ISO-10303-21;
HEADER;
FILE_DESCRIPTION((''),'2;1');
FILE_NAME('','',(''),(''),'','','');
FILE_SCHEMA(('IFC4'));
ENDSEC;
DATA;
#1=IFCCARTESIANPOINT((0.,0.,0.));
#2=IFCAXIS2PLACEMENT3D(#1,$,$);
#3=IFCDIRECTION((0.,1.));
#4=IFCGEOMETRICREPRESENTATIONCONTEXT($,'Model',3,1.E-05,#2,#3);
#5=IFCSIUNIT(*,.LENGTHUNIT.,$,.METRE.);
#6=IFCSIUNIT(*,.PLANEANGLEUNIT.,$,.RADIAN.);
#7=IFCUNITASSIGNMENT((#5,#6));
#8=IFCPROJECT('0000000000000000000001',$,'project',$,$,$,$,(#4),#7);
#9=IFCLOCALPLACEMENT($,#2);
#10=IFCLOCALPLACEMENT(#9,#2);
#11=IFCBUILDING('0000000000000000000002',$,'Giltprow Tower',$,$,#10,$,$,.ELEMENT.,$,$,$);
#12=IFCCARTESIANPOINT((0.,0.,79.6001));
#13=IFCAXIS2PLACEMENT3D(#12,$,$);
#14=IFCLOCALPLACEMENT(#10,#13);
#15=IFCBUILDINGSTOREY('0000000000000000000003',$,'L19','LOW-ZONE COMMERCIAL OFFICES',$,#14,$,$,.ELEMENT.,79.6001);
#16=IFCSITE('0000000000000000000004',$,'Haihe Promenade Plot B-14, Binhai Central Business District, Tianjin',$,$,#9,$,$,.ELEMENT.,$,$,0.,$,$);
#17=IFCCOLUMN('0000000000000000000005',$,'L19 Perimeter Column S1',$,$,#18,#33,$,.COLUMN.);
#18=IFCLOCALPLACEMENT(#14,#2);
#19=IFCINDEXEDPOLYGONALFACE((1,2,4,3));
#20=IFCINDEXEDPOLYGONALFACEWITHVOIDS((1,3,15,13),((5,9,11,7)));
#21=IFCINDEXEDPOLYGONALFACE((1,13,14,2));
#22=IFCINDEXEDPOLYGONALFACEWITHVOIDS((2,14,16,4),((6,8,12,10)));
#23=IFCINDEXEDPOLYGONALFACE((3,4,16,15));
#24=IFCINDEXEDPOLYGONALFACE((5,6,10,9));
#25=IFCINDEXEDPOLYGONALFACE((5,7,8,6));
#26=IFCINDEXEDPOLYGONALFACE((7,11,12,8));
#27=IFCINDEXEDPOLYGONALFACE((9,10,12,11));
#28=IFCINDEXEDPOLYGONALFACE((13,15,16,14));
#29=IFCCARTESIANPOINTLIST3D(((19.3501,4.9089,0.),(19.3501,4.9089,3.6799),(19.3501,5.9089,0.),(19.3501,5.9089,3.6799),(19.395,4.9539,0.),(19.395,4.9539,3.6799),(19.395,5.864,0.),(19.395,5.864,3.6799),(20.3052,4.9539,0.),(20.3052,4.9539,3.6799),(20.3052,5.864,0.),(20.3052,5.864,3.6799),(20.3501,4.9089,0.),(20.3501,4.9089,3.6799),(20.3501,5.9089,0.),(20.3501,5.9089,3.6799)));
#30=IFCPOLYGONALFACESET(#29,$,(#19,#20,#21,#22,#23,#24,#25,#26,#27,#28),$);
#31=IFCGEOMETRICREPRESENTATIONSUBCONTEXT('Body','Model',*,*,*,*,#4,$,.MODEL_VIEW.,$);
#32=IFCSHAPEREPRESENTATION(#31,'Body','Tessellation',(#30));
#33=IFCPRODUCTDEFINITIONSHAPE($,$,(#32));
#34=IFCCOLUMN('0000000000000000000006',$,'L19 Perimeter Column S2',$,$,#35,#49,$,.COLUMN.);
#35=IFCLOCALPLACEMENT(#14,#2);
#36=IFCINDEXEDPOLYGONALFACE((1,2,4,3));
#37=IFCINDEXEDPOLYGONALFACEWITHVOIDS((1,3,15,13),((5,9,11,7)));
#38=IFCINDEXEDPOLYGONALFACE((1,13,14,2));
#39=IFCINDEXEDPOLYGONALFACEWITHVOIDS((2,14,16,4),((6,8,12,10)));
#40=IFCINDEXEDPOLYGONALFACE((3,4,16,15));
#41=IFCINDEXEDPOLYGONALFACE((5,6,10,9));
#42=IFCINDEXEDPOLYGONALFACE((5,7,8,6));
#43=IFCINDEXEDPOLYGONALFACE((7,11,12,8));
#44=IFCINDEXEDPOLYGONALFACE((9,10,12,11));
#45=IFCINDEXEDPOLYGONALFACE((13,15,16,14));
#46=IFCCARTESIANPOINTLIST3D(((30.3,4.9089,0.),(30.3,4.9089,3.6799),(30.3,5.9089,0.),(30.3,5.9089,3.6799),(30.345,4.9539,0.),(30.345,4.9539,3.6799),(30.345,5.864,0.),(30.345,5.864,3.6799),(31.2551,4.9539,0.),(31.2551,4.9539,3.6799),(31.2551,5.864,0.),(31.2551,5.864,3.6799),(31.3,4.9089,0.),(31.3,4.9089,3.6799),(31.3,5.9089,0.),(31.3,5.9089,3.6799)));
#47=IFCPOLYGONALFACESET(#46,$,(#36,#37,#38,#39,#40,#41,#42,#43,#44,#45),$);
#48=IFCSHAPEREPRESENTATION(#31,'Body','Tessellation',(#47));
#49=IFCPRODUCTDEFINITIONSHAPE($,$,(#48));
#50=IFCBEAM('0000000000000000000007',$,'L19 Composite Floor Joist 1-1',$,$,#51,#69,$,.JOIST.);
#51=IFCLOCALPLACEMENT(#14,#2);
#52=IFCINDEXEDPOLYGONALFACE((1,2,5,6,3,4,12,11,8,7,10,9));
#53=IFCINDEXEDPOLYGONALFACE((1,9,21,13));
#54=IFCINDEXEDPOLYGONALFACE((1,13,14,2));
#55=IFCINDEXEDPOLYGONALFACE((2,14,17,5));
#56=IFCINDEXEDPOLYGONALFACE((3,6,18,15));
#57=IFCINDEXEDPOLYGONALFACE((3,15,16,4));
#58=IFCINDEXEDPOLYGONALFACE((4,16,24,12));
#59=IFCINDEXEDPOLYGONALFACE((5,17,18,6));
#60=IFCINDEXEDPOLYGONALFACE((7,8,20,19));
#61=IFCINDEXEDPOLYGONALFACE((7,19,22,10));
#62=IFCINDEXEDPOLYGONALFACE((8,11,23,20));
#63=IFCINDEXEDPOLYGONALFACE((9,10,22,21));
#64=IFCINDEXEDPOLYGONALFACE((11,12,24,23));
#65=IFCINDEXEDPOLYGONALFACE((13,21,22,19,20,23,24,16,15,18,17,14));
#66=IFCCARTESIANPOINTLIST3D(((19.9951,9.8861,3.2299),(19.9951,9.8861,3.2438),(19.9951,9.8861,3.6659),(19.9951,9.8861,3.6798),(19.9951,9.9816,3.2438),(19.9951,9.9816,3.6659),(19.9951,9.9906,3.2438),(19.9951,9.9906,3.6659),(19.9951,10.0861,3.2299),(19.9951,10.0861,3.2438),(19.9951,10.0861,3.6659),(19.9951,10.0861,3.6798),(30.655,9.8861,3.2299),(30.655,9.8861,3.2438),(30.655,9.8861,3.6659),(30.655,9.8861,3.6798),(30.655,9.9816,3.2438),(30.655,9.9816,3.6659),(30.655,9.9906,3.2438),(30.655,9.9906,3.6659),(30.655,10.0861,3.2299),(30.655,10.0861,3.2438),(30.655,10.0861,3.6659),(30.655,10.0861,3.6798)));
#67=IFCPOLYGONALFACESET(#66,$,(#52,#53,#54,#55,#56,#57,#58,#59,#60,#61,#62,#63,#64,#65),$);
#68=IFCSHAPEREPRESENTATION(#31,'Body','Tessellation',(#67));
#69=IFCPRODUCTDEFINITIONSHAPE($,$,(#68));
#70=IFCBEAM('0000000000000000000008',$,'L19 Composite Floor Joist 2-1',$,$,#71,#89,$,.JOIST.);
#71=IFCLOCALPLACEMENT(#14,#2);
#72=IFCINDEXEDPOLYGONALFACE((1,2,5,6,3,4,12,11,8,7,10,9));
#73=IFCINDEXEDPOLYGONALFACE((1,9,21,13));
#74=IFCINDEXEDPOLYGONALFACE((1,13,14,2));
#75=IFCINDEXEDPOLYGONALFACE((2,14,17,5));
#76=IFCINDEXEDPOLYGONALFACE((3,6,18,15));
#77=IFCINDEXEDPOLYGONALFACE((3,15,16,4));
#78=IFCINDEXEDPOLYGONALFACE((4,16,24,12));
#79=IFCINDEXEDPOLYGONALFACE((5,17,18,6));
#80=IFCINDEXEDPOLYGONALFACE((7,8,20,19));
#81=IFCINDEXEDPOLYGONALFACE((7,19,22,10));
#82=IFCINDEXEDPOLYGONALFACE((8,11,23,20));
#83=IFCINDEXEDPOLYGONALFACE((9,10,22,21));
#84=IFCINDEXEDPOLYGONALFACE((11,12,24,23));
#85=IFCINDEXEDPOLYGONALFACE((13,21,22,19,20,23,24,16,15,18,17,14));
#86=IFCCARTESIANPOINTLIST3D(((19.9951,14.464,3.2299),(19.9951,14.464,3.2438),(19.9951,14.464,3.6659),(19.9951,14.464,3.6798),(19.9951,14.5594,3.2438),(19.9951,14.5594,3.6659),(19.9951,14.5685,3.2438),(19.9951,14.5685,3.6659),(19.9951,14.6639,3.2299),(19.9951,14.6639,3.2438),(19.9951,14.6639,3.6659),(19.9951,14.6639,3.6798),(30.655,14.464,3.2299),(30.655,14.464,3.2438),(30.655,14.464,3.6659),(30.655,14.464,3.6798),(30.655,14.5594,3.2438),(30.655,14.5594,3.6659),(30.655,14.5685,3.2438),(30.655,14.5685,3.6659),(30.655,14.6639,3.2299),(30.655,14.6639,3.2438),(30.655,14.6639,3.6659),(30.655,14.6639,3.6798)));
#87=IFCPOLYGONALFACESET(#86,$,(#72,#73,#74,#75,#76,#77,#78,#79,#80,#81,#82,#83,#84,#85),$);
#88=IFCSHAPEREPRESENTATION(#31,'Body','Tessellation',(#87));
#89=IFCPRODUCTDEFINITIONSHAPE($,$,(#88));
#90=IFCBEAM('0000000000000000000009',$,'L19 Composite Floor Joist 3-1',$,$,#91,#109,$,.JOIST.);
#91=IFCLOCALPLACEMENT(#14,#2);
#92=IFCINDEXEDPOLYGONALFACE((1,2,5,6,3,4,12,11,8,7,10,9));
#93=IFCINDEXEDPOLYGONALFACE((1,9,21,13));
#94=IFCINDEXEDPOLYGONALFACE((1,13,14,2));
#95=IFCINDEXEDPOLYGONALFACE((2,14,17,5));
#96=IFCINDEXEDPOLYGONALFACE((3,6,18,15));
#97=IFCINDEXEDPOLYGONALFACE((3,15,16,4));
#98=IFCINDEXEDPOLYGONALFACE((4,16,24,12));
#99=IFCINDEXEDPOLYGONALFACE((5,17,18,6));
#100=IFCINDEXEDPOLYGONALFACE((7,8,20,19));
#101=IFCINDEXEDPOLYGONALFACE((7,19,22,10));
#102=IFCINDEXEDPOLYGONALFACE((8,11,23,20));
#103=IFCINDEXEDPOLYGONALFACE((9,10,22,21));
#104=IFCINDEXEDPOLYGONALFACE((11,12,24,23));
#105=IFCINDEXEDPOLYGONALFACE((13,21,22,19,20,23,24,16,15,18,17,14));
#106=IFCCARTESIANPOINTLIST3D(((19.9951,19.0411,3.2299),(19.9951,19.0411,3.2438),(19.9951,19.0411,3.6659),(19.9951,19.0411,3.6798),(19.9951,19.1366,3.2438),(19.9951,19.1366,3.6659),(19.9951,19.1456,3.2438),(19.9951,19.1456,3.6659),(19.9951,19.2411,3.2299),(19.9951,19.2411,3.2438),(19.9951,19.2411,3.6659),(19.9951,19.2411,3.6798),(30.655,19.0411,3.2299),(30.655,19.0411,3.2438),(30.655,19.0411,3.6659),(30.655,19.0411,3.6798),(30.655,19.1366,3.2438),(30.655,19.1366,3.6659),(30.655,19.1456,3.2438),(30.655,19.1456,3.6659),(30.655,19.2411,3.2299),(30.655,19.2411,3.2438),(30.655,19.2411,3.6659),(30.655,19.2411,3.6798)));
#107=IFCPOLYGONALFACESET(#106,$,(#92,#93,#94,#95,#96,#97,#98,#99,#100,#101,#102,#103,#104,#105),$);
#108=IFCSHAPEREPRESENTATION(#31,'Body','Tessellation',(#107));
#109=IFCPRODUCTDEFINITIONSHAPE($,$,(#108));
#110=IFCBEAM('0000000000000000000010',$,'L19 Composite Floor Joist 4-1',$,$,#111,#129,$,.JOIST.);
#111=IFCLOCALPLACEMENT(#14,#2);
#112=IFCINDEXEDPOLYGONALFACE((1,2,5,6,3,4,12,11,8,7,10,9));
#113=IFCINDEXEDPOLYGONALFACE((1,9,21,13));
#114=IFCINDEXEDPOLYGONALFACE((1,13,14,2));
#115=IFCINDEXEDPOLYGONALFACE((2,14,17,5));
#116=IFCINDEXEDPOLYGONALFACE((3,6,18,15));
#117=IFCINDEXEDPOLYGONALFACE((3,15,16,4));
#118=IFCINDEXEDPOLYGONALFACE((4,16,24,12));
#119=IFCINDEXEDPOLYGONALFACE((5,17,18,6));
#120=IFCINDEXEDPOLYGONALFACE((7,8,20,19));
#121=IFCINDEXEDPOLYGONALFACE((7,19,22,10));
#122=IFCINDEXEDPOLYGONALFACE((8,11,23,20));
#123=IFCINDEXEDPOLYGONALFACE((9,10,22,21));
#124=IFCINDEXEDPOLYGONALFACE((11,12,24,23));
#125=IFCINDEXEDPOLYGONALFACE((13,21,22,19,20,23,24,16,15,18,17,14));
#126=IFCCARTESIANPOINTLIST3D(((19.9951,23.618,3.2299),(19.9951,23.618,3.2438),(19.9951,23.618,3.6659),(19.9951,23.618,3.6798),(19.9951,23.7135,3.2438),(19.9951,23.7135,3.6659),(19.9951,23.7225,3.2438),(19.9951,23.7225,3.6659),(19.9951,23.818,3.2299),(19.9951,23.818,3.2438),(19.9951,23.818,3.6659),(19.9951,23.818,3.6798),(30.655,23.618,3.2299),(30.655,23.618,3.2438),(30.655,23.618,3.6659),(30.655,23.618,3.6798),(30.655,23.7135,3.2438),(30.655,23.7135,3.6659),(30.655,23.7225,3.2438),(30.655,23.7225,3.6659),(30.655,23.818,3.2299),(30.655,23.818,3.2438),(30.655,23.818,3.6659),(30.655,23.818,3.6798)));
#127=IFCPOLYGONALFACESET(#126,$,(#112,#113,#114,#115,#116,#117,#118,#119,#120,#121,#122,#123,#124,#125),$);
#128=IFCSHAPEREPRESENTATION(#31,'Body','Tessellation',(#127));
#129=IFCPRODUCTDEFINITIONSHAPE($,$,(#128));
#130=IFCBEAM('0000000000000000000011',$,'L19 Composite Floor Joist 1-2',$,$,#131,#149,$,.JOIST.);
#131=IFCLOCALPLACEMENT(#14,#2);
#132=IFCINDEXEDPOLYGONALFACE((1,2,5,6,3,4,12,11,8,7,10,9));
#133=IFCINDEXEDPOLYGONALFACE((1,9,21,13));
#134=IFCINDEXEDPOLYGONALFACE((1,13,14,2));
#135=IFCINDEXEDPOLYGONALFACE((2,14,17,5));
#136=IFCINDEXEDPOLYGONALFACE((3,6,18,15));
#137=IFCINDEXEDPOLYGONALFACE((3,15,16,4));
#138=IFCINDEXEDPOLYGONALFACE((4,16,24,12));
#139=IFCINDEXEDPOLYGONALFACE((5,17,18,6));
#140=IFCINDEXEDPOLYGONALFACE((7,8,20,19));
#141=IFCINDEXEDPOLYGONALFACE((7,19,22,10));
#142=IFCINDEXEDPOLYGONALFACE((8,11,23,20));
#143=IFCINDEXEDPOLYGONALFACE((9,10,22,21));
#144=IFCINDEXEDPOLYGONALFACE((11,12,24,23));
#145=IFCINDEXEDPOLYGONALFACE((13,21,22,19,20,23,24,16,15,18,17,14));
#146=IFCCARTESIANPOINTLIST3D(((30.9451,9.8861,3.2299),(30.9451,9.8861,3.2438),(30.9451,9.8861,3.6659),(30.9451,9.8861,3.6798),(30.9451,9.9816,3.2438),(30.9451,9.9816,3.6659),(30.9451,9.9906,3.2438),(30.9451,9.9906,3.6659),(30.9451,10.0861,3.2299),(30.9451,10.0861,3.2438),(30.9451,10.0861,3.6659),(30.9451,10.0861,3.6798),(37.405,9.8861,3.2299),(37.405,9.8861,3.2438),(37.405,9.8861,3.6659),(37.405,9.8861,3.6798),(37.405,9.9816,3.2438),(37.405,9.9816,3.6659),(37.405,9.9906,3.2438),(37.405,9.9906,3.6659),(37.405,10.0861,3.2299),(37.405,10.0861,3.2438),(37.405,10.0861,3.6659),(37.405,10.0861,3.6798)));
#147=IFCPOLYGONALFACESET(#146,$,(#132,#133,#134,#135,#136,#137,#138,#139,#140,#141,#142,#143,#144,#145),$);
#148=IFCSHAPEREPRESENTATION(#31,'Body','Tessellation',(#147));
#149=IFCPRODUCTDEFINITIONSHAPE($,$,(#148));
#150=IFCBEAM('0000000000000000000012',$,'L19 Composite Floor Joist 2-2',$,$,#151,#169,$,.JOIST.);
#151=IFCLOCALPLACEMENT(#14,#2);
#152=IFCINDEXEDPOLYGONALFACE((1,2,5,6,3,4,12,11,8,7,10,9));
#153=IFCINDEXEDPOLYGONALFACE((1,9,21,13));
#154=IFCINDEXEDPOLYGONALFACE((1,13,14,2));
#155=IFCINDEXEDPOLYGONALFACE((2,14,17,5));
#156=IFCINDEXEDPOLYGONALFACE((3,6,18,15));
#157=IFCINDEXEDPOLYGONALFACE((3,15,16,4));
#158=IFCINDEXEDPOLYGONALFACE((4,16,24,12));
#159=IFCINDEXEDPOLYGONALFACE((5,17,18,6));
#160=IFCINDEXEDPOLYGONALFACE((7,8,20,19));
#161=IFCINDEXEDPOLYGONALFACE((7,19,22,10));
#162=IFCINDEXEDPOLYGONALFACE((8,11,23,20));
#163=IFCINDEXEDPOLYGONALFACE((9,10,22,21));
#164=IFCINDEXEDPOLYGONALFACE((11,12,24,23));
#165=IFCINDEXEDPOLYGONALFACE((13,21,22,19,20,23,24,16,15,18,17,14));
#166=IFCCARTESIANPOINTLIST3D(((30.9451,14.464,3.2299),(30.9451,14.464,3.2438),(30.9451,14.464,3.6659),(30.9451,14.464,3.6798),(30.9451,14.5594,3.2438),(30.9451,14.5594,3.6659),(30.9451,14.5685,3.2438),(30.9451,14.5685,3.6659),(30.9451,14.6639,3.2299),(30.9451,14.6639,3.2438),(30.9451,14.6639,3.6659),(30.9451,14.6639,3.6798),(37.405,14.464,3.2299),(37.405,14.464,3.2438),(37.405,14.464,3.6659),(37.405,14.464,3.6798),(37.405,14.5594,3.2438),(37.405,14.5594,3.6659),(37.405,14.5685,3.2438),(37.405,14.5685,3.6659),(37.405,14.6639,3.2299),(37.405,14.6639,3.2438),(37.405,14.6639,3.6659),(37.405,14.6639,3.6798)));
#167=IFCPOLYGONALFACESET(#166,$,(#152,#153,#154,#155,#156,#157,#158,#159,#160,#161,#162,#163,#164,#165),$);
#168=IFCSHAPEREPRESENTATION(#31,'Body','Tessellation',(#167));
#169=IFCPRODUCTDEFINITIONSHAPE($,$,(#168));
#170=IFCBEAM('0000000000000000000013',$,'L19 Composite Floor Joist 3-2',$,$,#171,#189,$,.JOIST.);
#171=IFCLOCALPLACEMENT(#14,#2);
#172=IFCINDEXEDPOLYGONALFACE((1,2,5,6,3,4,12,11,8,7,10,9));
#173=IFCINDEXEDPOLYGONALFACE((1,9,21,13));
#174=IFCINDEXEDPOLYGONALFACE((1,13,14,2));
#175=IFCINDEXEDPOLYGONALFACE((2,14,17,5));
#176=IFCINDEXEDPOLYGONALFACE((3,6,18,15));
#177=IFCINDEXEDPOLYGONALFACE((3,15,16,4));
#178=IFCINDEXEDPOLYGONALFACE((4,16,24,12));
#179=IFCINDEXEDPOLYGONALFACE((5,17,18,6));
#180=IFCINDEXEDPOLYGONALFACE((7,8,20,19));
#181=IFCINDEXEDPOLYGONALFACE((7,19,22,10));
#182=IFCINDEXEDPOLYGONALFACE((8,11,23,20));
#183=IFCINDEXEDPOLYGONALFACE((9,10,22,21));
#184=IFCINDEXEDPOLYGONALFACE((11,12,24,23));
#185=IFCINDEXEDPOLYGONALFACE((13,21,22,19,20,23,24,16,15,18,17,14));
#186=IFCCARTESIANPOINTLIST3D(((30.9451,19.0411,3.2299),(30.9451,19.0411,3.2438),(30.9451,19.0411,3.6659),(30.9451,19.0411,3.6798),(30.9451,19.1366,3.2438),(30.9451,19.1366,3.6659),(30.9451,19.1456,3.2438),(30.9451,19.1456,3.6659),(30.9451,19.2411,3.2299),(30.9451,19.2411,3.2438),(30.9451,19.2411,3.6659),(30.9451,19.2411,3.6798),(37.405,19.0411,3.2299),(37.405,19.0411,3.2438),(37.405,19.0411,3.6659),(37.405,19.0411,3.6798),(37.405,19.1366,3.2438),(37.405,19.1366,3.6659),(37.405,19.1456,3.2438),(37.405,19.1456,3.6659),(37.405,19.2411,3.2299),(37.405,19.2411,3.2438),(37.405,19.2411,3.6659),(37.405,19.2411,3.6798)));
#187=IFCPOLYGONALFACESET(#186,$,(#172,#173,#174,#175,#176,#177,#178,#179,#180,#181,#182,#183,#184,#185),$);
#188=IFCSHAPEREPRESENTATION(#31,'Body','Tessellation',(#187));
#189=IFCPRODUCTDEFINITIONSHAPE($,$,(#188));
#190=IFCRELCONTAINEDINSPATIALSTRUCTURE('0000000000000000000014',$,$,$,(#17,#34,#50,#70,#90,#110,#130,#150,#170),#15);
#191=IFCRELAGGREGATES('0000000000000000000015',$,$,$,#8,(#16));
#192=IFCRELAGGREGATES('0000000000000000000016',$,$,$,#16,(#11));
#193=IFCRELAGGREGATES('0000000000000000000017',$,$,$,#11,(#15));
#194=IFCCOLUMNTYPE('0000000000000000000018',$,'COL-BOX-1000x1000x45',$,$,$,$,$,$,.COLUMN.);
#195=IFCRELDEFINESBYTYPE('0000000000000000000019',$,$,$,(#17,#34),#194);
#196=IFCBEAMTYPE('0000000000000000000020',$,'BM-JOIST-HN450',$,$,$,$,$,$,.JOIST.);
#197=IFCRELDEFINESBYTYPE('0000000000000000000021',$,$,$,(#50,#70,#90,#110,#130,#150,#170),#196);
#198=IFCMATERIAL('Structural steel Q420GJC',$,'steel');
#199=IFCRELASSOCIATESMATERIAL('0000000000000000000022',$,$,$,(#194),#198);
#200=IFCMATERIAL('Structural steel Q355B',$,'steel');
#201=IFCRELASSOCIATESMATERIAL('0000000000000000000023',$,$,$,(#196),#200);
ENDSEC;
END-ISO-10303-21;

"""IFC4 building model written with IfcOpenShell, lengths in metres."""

from ifc_helpers import new_model, si_unit, direction, frame, origin, origin_2d, place, context, subcontext, project, spatial, hollow_rectangle, i_section, extrude, source, transform, mapped, material, material_profile, profile_set, type_object, element, save


model = new_model("IFC4")

# Units and contexts
model_context = context("Model", 3, precision=1e-05, world=origin(), true_north=direction((0.0, 1.0)))
body_context = subcontext(model_context, "Body", "Model", "MODEL_VIEW")
ifc_project = project(units=[si_unit("LENGTHUNIT", "METRE"), si_unit("PLANEANGLEUNIT", "RADIAN")], contexts=[model_context])

# Site, building, storey
site_placement = place(None, origin())
site = spatial("IfcSite", under=ifc_project, at=site_placement, Name="Haihe Promenade Plot B-14, Binhai Central Business District, Tianjin", CompositionType="ELEMENT", RefElevation=0.0)
building_placement = place(site_placement, origin())
building = spatial("IfcBuilding", under=site, at=building_placement, Name="Giltprow Tower", CompositionType="ELEMENT")
storey_placement = place(building_placement, frame((0.0, 0.0, 79.6001)))
storey = spatial("IfcBuildingStorey", under=building, at=storey_placement, Name="L19", Description="LOW-ZONE COMMERCIAL OFFICES", CompositionType="ELEMENT", Elevation=79.6001)

# Columns
ifc_material_1 = material(Name="Structural steel Q420GJC", Category="steel")
ifc_material_profile_1 = material_profile(ifc_material_1, hollow_rectangle(XDim=1.0, YDim=1.0, WallThickness=0.0449, at=origin_2d()), Name="BOX 1000x1000x45")
ifc_profile_set_1 = profile_set([ifc_material_profile_1], Name="Structural steel Q420GJC")
column_type = type_object("IfcColumnType", Name="COL-BOX-1000x1000x45", PredefinedType="COLUMN", material=ifc_profile_set_1)
shared_shape_1 = source(origin(), body_context, "Body", "SweptSolid", [
    extrude(hollow_rectangle(XDim=1.0, YDim=1.0, WallThickness=0.0449, at=origin_2d()), origin(), (0.0, 0.0, 1.0), 3.6799),
])
for number, where, z_axis, x_axis, name in (
    (1, (19.8501, 5.4089, 0.0), (0.0, 0.0, 1.0), (1.0, 0.0, 0.0), "L19 Perimeter Column S1"),
    (2, (30.8, 5.4089, 0.0), (0.0, 0.0, 1.0), (1.0, 0.0, 0.0), "L19 Perimeter Column S2"),
):
    element("IfcColumn", number, at=place(storey_placement, frame(where, z_axis=z_axis, x_axis=x_axis)), inside=storey, type_object=column_type, Name=name, PredefinedType="COLUMN", context=body_context, shape_type="MappedRepresentation", body=[
        mapped(shared_shape_1, transform((0.0, 0.0, 0.0), x_axis=(1.0, 0.0, 0.0), y_axis=(0.0, 1.0, 0.0), z_axis=(0.0, 0.0, 1.0), scale=1.0)),
    ])

# Beams
ifc_material_2 = material(Name="Structural steel Q355B", Category="steel")
ifc_material_profile_2 = material_profile(ifc_material_2, i_section(OverallWidth=0.2, OverallDepth=0.45, WebThickness=0.009, FlangeThickness=0.0139, at=origin_2d()), Name="HN 450x200x9x14")
ifc_profile_set_2 = profile_set([ifc_material_profile_2], Name="Structural steel Q355B")
beam_type_1 = type_object("IfcBeamType", Name="BM-JOIST-HN450", PredefinedType="JOIST", material=ifc_profile_set_2)
shared_shape_2 = source(origin(), body_context, "Body", "SweptSolid", [
    extrude(i_section(OverallWidth=0.2, OverallDepth=0.45, WebThickness=0.009, FlangeThickness=0.0139, at=origin_2d()), origin(), (0.0, 0.0, 1.0), 10.6599),
])
for number, where, z_axis, x_axis, name in (
    (3, (19.9951, 9.9861, 3.4548), (1.0, 0.0, 0.0), (0.0, 1.0, 0.0), "L19 Composite Floor Joist 1-1"),
    (4, (19.9951, 14.564, 3.4548), (1.0, 0.0, 0.0), (0.0, 1.0, 0.0), "L19 Composite Floor Joist 2-1"),
    (5, (19.9951, 19.1411, 3.4548), (1.0, 0.0, 0.0), (0.0, 1.0, 0.0), "L19 Composite Floor Joist 3-1"),
    (6, (19.9951, 23.718, 3.4548), (1.0, 0.0, 0.0), (0.0, 1.0, 0.0), "L19 Composite Floor Joist 4-1"),
):
    element("IfcBeam", number, at=place(storey_placement, frame(where, z_axis=z_axis, x_axis=x_axis)), inside=storey, type_object=beam_type_1, Name=name, PredefinedType="JOIST", context=body_context, shape_type="MappedRepresentation", body=[
        mapped(shared_shape_2, transform((0.0, 0.0, 0.0), x_axis=(1.0, 0.0, 0.0), y_axis=(0.0, 1.0, 0.0), z_axis=(0.0, 0.0, 1.0), scale=1.0)),
    ])
shared_shape_3 = source(origin(), body_context, "Body", "SweptSolid", [
    extrude(i_section(OverallWidth=0.2, OverallDepth=0.45, WebThickness=0.009, FlangeThickness=0.0139, at=origin_2d()), origin(), (0.0, 0.0, 1.0), 6.46),
])
for number, where, z_axis, x_axis, name in (
    (7, (30.9451, 9.9861, 3.4548), (1.0, 0.0, 0.0), (0.0, 1.0, 0.0), "L19 Composite Floor Joist 1-2"),
    (8, (30.9451, 14.564, 3.4548), (1.0, 0.0, 0.0), (0.0, 1.0, 0.0), "L19 Composite Floor Joist 2-2"),
    (9, (30.9451, 19.1411, 3.4548), (1.0, 0.0, 0.0), (0.0, 1.0, 0.0), "L19 Composite Floor Joist 3-2"),
):
    element("IfcBeam", number, at=place(storey_placement, frame(where, z_axis=z_axis, x_axis=x_axis)), inside=storey, type_object=beam_type_1, Name=name, PredefinedType="JOIST", context=body_context, shape_type="MappedRepresentation", body=[
        mapped(shared_shape_3, transform((0.0, 0.0, 0.0), x_axis=(1.0, 0.0, 0.0), y_axis=(0.0, 1.0, 0.0), z_axis=(0.0, 0.0, 1.0), scale=1.0)),
    ])

save(model, "model.ifc")
